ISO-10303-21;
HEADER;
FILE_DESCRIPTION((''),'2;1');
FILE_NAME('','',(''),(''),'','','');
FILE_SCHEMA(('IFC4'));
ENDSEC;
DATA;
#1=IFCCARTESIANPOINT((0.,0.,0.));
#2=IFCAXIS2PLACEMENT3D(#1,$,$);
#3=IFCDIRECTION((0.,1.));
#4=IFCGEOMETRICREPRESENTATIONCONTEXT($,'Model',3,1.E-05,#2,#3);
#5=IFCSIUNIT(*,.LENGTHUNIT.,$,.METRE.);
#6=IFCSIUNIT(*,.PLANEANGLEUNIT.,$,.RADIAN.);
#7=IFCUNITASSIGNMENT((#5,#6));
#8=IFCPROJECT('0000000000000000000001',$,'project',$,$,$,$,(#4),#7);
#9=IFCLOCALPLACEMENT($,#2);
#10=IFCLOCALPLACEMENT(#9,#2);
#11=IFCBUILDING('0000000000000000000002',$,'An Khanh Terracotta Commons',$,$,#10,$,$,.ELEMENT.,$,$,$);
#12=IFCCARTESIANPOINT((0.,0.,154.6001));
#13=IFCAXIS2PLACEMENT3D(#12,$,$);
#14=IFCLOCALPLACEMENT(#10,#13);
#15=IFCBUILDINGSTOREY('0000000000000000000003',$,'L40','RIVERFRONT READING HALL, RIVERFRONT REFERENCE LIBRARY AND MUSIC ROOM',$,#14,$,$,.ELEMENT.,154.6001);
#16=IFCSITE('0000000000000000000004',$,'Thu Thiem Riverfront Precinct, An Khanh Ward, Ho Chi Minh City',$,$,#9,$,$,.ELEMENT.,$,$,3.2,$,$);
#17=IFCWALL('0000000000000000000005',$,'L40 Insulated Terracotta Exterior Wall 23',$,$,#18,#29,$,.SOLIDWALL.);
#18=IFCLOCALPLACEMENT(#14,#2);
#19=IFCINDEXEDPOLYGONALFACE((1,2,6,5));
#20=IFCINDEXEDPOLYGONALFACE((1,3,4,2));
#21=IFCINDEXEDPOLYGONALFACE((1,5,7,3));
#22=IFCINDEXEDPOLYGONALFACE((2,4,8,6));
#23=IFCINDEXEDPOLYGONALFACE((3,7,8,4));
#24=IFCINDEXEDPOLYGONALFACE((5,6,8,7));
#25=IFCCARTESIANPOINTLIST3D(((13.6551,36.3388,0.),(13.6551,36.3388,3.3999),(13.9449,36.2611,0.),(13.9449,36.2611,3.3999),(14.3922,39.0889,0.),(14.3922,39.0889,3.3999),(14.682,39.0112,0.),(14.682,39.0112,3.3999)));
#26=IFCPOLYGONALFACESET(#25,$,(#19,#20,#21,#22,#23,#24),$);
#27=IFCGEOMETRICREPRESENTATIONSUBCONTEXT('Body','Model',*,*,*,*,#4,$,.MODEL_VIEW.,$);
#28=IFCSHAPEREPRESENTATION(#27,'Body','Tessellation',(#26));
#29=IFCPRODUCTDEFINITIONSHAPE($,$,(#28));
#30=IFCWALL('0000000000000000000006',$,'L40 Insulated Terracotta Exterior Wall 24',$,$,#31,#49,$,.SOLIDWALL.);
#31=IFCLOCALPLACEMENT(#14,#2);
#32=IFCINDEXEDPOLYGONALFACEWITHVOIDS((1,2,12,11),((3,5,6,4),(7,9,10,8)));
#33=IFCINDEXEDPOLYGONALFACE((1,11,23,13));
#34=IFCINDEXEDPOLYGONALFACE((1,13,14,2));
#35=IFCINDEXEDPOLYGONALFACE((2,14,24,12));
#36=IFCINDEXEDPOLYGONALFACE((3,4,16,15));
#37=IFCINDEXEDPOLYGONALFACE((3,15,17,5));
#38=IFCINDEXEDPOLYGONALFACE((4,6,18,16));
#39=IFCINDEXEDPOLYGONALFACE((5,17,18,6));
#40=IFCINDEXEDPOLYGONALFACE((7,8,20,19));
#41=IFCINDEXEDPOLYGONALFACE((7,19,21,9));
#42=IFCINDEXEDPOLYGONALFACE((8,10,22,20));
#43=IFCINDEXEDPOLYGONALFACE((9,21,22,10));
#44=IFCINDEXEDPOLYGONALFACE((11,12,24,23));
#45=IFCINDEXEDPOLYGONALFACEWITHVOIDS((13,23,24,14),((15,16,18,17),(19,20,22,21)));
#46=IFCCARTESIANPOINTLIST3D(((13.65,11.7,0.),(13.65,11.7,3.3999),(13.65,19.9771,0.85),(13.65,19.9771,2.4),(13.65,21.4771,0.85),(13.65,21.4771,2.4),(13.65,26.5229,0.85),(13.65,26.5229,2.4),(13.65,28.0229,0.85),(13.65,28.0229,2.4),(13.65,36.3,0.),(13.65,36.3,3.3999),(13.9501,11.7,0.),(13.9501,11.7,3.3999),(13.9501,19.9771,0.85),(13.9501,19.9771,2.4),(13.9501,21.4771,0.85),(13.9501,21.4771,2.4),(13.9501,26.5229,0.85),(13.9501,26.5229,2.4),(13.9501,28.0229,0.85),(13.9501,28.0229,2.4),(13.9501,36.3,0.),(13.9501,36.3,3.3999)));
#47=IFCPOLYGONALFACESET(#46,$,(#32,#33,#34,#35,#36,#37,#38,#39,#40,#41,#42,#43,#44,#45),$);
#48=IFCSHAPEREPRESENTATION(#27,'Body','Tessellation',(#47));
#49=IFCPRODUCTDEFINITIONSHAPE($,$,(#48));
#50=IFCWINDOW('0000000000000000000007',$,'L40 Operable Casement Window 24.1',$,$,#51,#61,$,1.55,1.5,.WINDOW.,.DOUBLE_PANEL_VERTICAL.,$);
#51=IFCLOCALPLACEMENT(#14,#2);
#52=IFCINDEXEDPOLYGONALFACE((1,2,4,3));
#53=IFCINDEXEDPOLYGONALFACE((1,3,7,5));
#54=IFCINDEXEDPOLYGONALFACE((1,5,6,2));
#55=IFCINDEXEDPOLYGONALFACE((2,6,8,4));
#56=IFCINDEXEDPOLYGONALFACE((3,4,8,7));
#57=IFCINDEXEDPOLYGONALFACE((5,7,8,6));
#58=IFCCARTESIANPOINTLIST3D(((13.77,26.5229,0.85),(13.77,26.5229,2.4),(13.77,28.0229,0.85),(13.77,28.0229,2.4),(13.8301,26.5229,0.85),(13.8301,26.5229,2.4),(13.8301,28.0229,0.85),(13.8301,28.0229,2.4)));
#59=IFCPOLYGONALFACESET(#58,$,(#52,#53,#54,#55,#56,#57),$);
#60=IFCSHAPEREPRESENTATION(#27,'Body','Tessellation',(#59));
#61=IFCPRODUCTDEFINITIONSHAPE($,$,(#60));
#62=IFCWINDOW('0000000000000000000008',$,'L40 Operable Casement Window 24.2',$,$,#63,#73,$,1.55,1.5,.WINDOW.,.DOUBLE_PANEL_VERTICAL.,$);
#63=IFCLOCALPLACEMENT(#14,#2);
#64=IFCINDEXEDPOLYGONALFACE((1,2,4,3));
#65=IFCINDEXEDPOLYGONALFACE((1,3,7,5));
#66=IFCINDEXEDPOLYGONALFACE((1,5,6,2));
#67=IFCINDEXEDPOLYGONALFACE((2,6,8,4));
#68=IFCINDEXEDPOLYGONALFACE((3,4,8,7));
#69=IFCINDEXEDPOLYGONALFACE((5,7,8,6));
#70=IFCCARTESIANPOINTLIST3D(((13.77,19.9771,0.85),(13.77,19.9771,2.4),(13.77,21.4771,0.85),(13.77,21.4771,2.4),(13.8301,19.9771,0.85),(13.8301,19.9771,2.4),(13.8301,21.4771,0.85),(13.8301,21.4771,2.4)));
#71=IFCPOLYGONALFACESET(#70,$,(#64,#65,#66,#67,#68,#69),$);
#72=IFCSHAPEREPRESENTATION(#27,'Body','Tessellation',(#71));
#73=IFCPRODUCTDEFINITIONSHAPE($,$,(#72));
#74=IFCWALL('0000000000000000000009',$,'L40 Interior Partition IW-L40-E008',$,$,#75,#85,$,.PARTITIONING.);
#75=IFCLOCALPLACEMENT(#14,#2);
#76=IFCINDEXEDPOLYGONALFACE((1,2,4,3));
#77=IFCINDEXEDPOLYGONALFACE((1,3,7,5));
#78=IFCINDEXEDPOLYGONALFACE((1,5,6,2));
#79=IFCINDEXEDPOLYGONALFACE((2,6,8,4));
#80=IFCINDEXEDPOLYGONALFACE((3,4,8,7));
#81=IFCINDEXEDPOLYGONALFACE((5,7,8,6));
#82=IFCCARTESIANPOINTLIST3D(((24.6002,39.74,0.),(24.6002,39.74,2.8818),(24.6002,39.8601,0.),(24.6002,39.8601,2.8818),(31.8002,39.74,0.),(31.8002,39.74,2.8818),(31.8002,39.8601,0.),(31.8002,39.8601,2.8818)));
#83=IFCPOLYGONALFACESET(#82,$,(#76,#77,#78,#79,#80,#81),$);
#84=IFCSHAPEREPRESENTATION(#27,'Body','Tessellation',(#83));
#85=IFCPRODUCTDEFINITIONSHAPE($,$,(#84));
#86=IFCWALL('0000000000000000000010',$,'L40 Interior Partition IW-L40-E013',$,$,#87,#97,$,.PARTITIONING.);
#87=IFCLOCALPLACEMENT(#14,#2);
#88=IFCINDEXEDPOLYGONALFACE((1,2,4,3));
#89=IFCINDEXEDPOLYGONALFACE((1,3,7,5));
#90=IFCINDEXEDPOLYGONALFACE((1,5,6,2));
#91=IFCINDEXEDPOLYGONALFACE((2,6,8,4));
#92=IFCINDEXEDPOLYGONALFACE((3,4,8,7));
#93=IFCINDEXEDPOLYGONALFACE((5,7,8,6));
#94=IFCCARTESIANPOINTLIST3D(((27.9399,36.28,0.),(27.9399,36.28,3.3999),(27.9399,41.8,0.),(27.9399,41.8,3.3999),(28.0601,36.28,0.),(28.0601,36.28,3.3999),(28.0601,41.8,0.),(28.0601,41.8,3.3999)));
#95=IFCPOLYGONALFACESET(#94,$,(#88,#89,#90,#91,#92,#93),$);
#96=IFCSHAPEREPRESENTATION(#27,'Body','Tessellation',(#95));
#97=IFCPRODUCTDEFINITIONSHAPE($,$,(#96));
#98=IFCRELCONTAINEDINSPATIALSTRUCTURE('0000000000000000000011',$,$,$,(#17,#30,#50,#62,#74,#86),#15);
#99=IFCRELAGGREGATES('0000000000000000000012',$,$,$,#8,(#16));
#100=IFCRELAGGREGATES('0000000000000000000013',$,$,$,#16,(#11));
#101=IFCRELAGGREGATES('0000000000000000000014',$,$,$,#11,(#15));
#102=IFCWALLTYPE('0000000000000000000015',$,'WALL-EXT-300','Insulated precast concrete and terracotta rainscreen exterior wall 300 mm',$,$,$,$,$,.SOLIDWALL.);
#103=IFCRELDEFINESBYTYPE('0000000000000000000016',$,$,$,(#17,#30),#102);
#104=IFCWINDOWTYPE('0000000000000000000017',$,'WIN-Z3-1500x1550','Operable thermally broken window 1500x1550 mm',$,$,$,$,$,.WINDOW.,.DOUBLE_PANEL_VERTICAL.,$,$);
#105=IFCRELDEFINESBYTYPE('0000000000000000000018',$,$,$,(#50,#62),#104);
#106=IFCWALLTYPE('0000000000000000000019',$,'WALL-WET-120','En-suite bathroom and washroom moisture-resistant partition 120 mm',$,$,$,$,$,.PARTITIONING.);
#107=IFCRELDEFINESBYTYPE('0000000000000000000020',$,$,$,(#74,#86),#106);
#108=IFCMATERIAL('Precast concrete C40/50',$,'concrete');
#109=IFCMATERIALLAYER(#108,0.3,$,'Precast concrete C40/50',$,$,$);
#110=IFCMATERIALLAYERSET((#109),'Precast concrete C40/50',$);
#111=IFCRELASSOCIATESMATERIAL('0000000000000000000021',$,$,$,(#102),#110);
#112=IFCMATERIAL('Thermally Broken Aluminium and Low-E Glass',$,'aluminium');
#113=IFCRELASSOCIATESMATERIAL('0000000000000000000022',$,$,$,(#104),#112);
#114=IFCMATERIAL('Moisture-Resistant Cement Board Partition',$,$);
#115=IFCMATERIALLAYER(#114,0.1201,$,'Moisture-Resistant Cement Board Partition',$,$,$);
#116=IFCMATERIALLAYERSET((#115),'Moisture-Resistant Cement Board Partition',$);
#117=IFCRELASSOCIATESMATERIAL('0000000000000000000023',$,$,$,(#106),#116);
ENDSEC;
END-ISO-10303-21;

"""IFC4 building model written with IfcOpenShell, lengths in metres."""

from ifc_helpers import new_model, si_unit, direction, frame, frame_2d, origin, place, context, subcontext, project, spatial, rectangle, extrude, material, layer, layer_set, type_object, element, fill, save


model = new_model("IFC4")

# Units and contexts
model_context = context("Model", 3, precision=1e-05, world=origin(), true_north=direction((0.0, 1.0)))
body_context = subcontext(model_context, "Body", "Model", "MODEL_VIEW")
ifc_project = project(units=[si_unit("LENGTHUNIT", "METRE"), si_unit("PLANEANGLEUNIT", "RADIAN")], contexts=[model_context])

# Site, building, storey
site_placement = place(None, origin())
site = spatial("IfcSite", under=ifc_project, at=site_placement, Name="Thu Thiem Riverfront Precinct, An Khanh Ward, Ho Chi Minh City", CompositionType="ELEMENT", RefElevation=3.2)
building_placement = place(site_placement, origin())
building = spatial("IfcBuilding", under=site, at=building_placement, Name="An Khanh Terracotta Commons", CompositionType="ELEMENT")
storey_placement = place(building_placement, frame((0.0, 0.0, 154.6001)))
storey = spatial("IfcBuildingStorey", under=building, at=storey_placement, Name="L40", Description="RIVERFRONT READING HALL, RIVERFRONT REFERENCE LIBRARY AND MUSIC ROOM", CompositionType="ELEMENT", Elevation=154.6001)

# Wall
ifc_material_1 = material(Name="Precast concrete C40/50", Category="concrete")
ifc_layer_1 = layer(ifc_material_1, 0.3, Name="Precast concrete C40/50")
ifc_layer_set_1 = layer_set([ifc_layer_1], Name="Precast concrete C40/50")
wall_type_1 = type_object("IfcWallType", Name="WALL-EXT-300", Description="Insulated precast concrete and terracotta rainscreen exterior wall 300 mm", PredefinedType="SOLIDWALL", material=ifc_layer_set_1)
wall_1_placement = place(storey_placement, frame((14.5371, 39.05, 0.0), z_axis=(0.0, 0.0, 1.0), x_axis=(-0.258885, -0.965908, 0.0)))
element("IfcWall", 1, at=wall_1_placement, inside=storey, type_object=wall_type_1, Name="L40 Insulated Terracotta Exterior Wall 23", PredefinedType="SOLIDWALL", context=body_context, shape_type="SweptSolid", body=[
    extrude(rectangle(XDim=2.8472, YDim=0.3, at=frame_2d((1.4236, 0.0))), origin(), (0.0, 0.0, 1.0), 3.3999),
])

# Wall, openings, windows
wall_2_placement = place(storey_placement, frame((13.8, 36.3, 0.0), z_axis=(0.0, 0.0, 1.0), x_axis=(0.0, -1.0, 0.0)))
wall_2 = element("IfcWall", 2, at=wall_2_placement, inside=storey, type_object=wall_type_1, Name="L40 Insulated Terracotta Exterior Wall 24", PredefinedType="SOLIDWALL", context=body_context, shape_type="SweptSolid", body=[
    extrude(rectangle(XDim=24.6001, YDim=0.3, at=frame_2d((12.3, 0.0))), origin(), (0.0, 0.0, 1.0), 3.3999),
])
opening_1_placement = place(wall_2_placement, frame((8.2771, 0.0, 0.8501)))
opening_1 = element("IfcOpeningElement", 3, at=opening_1_placement, cuts=wall_2, PredefinedType="OPENING", context=body_context, shape_type="SweptSolid", body=[
    extrude(rectangle(XDim=1.5, YDim=1.55, at=frame_2d((0.75, 0.7749))), frame((0.0, 0.1599, 0.0), z_axis=(0.0, -1.0, 0.0), x_axis=(1.0, 0.0, 0.0)), (0.0, 0.0, 1.0), 0.3201),
])
opening_2_placement = place(wall_2_placement, frame((14.823, 0.0, 0.8501)))
opening_2 = element("IfcOpeningElement", 4, at=opening_2_placement, cuts=wall_2, PredefinedType="OPENING", context=body_context, shape_type="SweptSolid", body=[
    extrude(rectangle(XDim=1.5, YDim=1.55, at=frame_2d((0.75, 0.7749))), frame((0.0, 0.1599, 0.0), z_axis=(0.0, -1.0, 0.0), x_axis=(1.0, 0.0, 0.0)), (0.0, 0.0, 1.0), 0.3201),
])
ifc_material_2 = material(Name="Thermally Broken Aluminium and Low-E Glass", Category="aluminium")
window_type = type_object("IfcWindowType", Name="WIN-Z3-1500x1550", Description="Operable thermally broken window 1500x1550 mm", PartitioningType="DOUBLE_PANEL_VERTICAL", PredefinedType="WINDOW", material=ifc_material_2)
window_1_placement = place(opening_1_placement, origin())
window_1 = element("IfcWindow", 5, at=window_1_placement, inside=storey, type_object=window_type, Name="L40 Operable Casement Window 24.1", OverallHeight=1.55, OverallWidth=1.5, PartitioningType="DOUBLE_PANEL_VERTICAL", PredefinedType="WINDOW", context=body_context, shape_type="SweptSolid", body=[
    extrude(rectangle(XDim=1.5, YDim=1.55, at=frame_2d((0.75, 0.7749))), frame((0.0, 0.03, 0.0), z_axis=(0.0, -1.0, 0.0), x_axis=(1.0, 0.0, 0.0)), (0.0, 0.0, 1.0), 0.0601),
])
fill(opening_1, window_1)
window_2_placement = place(opening_2_placement, origin())
window_2 = element("IfcWindow", 6, at=window_2_placement, inside=storey, type_object=window_type, Name="L40 Operable Casement Window 24.2", OverallHeight=1.55, OverallWidth=1.5, PartitioningType="DOUBLE_PANEL_VERTICAL", PredefinedType="WINDOW", context=body_context, shape_type="SweptSolid", body=[
    extrude(rectangle(XDim=1.5, YDim=1.55, at=frame_2d((0.75, 0.7749))), frame((0.0, 0.03, 0.0), z_axis=(0.0, -1.0, 0.0), x_axis=(1.0, 0.0, 0.0)), (0.0, 0.0, 1.0), 0.0601),
])
fill(opening_2, window_2)

# Walls
ifc_material_3 = material(Name="Moisture-Resistant Cement Board Partition")
ifc_layer_2 = layer(ifc_material_3, 0.1201, Name="Moisture-Resistant Cement Board Partition")
ifc_layer_set_2 = layer_set([ifc_layer_2], Name="Moisture-Resistant Cement Board Partition")
wall_type_2 = type_object("IfcWallType", Name="WALL-WET-120", Description="En-suite bathroom and washroom moisture-resistant partition 120 mm", PredefinedType="PARTITIONING", material=ifc_layer_set_2)
wall_3_placement = place(storey_placement, frame((24.6001, 39.8, 0.0), z_axis=(0.0, 0.0, 1.0), x_axis=(1.0, 0.0, 0.0)))
element("IfcWall", 7, at=wall_3_placement, inside=storey, type_object=wall_type_2, Name="L40 Interior Partition IW-L40-E008", PredefinedType="PARTITIONING", context=body_context, shape_type="SweptSolid", body=[
    extrude(rectangle(XDim=7.2, YDim=0.1201, at=frame_2d((3.6001, 0.0))), origin(), (0.0, 0.0, 1.0), 2.8818),
])
wall_4_placement = place(storey_placement, frame((28.0, 36.28, 0.0), z_axis=(0.0, 0.0, 1.0), x_axis=(0.0, 1.0, 0.0)))
element("IfcWall", 8, at=wall_4_placement, inside=storey, type_object=wall_type_2, Name="L40 Interior Partition IW-L40-E013", PredefinedType="PARTITIONING", context=body_context, shape_type="SweptSolid", body=[
    extrude(rectangle(XDim=5.52, YDim=0.1201, at=frame_2d((2.76, 0.0))), origin(), (0.0, 0.0, 1.0), 3.3999),
])

save(model, "model.ifc")
